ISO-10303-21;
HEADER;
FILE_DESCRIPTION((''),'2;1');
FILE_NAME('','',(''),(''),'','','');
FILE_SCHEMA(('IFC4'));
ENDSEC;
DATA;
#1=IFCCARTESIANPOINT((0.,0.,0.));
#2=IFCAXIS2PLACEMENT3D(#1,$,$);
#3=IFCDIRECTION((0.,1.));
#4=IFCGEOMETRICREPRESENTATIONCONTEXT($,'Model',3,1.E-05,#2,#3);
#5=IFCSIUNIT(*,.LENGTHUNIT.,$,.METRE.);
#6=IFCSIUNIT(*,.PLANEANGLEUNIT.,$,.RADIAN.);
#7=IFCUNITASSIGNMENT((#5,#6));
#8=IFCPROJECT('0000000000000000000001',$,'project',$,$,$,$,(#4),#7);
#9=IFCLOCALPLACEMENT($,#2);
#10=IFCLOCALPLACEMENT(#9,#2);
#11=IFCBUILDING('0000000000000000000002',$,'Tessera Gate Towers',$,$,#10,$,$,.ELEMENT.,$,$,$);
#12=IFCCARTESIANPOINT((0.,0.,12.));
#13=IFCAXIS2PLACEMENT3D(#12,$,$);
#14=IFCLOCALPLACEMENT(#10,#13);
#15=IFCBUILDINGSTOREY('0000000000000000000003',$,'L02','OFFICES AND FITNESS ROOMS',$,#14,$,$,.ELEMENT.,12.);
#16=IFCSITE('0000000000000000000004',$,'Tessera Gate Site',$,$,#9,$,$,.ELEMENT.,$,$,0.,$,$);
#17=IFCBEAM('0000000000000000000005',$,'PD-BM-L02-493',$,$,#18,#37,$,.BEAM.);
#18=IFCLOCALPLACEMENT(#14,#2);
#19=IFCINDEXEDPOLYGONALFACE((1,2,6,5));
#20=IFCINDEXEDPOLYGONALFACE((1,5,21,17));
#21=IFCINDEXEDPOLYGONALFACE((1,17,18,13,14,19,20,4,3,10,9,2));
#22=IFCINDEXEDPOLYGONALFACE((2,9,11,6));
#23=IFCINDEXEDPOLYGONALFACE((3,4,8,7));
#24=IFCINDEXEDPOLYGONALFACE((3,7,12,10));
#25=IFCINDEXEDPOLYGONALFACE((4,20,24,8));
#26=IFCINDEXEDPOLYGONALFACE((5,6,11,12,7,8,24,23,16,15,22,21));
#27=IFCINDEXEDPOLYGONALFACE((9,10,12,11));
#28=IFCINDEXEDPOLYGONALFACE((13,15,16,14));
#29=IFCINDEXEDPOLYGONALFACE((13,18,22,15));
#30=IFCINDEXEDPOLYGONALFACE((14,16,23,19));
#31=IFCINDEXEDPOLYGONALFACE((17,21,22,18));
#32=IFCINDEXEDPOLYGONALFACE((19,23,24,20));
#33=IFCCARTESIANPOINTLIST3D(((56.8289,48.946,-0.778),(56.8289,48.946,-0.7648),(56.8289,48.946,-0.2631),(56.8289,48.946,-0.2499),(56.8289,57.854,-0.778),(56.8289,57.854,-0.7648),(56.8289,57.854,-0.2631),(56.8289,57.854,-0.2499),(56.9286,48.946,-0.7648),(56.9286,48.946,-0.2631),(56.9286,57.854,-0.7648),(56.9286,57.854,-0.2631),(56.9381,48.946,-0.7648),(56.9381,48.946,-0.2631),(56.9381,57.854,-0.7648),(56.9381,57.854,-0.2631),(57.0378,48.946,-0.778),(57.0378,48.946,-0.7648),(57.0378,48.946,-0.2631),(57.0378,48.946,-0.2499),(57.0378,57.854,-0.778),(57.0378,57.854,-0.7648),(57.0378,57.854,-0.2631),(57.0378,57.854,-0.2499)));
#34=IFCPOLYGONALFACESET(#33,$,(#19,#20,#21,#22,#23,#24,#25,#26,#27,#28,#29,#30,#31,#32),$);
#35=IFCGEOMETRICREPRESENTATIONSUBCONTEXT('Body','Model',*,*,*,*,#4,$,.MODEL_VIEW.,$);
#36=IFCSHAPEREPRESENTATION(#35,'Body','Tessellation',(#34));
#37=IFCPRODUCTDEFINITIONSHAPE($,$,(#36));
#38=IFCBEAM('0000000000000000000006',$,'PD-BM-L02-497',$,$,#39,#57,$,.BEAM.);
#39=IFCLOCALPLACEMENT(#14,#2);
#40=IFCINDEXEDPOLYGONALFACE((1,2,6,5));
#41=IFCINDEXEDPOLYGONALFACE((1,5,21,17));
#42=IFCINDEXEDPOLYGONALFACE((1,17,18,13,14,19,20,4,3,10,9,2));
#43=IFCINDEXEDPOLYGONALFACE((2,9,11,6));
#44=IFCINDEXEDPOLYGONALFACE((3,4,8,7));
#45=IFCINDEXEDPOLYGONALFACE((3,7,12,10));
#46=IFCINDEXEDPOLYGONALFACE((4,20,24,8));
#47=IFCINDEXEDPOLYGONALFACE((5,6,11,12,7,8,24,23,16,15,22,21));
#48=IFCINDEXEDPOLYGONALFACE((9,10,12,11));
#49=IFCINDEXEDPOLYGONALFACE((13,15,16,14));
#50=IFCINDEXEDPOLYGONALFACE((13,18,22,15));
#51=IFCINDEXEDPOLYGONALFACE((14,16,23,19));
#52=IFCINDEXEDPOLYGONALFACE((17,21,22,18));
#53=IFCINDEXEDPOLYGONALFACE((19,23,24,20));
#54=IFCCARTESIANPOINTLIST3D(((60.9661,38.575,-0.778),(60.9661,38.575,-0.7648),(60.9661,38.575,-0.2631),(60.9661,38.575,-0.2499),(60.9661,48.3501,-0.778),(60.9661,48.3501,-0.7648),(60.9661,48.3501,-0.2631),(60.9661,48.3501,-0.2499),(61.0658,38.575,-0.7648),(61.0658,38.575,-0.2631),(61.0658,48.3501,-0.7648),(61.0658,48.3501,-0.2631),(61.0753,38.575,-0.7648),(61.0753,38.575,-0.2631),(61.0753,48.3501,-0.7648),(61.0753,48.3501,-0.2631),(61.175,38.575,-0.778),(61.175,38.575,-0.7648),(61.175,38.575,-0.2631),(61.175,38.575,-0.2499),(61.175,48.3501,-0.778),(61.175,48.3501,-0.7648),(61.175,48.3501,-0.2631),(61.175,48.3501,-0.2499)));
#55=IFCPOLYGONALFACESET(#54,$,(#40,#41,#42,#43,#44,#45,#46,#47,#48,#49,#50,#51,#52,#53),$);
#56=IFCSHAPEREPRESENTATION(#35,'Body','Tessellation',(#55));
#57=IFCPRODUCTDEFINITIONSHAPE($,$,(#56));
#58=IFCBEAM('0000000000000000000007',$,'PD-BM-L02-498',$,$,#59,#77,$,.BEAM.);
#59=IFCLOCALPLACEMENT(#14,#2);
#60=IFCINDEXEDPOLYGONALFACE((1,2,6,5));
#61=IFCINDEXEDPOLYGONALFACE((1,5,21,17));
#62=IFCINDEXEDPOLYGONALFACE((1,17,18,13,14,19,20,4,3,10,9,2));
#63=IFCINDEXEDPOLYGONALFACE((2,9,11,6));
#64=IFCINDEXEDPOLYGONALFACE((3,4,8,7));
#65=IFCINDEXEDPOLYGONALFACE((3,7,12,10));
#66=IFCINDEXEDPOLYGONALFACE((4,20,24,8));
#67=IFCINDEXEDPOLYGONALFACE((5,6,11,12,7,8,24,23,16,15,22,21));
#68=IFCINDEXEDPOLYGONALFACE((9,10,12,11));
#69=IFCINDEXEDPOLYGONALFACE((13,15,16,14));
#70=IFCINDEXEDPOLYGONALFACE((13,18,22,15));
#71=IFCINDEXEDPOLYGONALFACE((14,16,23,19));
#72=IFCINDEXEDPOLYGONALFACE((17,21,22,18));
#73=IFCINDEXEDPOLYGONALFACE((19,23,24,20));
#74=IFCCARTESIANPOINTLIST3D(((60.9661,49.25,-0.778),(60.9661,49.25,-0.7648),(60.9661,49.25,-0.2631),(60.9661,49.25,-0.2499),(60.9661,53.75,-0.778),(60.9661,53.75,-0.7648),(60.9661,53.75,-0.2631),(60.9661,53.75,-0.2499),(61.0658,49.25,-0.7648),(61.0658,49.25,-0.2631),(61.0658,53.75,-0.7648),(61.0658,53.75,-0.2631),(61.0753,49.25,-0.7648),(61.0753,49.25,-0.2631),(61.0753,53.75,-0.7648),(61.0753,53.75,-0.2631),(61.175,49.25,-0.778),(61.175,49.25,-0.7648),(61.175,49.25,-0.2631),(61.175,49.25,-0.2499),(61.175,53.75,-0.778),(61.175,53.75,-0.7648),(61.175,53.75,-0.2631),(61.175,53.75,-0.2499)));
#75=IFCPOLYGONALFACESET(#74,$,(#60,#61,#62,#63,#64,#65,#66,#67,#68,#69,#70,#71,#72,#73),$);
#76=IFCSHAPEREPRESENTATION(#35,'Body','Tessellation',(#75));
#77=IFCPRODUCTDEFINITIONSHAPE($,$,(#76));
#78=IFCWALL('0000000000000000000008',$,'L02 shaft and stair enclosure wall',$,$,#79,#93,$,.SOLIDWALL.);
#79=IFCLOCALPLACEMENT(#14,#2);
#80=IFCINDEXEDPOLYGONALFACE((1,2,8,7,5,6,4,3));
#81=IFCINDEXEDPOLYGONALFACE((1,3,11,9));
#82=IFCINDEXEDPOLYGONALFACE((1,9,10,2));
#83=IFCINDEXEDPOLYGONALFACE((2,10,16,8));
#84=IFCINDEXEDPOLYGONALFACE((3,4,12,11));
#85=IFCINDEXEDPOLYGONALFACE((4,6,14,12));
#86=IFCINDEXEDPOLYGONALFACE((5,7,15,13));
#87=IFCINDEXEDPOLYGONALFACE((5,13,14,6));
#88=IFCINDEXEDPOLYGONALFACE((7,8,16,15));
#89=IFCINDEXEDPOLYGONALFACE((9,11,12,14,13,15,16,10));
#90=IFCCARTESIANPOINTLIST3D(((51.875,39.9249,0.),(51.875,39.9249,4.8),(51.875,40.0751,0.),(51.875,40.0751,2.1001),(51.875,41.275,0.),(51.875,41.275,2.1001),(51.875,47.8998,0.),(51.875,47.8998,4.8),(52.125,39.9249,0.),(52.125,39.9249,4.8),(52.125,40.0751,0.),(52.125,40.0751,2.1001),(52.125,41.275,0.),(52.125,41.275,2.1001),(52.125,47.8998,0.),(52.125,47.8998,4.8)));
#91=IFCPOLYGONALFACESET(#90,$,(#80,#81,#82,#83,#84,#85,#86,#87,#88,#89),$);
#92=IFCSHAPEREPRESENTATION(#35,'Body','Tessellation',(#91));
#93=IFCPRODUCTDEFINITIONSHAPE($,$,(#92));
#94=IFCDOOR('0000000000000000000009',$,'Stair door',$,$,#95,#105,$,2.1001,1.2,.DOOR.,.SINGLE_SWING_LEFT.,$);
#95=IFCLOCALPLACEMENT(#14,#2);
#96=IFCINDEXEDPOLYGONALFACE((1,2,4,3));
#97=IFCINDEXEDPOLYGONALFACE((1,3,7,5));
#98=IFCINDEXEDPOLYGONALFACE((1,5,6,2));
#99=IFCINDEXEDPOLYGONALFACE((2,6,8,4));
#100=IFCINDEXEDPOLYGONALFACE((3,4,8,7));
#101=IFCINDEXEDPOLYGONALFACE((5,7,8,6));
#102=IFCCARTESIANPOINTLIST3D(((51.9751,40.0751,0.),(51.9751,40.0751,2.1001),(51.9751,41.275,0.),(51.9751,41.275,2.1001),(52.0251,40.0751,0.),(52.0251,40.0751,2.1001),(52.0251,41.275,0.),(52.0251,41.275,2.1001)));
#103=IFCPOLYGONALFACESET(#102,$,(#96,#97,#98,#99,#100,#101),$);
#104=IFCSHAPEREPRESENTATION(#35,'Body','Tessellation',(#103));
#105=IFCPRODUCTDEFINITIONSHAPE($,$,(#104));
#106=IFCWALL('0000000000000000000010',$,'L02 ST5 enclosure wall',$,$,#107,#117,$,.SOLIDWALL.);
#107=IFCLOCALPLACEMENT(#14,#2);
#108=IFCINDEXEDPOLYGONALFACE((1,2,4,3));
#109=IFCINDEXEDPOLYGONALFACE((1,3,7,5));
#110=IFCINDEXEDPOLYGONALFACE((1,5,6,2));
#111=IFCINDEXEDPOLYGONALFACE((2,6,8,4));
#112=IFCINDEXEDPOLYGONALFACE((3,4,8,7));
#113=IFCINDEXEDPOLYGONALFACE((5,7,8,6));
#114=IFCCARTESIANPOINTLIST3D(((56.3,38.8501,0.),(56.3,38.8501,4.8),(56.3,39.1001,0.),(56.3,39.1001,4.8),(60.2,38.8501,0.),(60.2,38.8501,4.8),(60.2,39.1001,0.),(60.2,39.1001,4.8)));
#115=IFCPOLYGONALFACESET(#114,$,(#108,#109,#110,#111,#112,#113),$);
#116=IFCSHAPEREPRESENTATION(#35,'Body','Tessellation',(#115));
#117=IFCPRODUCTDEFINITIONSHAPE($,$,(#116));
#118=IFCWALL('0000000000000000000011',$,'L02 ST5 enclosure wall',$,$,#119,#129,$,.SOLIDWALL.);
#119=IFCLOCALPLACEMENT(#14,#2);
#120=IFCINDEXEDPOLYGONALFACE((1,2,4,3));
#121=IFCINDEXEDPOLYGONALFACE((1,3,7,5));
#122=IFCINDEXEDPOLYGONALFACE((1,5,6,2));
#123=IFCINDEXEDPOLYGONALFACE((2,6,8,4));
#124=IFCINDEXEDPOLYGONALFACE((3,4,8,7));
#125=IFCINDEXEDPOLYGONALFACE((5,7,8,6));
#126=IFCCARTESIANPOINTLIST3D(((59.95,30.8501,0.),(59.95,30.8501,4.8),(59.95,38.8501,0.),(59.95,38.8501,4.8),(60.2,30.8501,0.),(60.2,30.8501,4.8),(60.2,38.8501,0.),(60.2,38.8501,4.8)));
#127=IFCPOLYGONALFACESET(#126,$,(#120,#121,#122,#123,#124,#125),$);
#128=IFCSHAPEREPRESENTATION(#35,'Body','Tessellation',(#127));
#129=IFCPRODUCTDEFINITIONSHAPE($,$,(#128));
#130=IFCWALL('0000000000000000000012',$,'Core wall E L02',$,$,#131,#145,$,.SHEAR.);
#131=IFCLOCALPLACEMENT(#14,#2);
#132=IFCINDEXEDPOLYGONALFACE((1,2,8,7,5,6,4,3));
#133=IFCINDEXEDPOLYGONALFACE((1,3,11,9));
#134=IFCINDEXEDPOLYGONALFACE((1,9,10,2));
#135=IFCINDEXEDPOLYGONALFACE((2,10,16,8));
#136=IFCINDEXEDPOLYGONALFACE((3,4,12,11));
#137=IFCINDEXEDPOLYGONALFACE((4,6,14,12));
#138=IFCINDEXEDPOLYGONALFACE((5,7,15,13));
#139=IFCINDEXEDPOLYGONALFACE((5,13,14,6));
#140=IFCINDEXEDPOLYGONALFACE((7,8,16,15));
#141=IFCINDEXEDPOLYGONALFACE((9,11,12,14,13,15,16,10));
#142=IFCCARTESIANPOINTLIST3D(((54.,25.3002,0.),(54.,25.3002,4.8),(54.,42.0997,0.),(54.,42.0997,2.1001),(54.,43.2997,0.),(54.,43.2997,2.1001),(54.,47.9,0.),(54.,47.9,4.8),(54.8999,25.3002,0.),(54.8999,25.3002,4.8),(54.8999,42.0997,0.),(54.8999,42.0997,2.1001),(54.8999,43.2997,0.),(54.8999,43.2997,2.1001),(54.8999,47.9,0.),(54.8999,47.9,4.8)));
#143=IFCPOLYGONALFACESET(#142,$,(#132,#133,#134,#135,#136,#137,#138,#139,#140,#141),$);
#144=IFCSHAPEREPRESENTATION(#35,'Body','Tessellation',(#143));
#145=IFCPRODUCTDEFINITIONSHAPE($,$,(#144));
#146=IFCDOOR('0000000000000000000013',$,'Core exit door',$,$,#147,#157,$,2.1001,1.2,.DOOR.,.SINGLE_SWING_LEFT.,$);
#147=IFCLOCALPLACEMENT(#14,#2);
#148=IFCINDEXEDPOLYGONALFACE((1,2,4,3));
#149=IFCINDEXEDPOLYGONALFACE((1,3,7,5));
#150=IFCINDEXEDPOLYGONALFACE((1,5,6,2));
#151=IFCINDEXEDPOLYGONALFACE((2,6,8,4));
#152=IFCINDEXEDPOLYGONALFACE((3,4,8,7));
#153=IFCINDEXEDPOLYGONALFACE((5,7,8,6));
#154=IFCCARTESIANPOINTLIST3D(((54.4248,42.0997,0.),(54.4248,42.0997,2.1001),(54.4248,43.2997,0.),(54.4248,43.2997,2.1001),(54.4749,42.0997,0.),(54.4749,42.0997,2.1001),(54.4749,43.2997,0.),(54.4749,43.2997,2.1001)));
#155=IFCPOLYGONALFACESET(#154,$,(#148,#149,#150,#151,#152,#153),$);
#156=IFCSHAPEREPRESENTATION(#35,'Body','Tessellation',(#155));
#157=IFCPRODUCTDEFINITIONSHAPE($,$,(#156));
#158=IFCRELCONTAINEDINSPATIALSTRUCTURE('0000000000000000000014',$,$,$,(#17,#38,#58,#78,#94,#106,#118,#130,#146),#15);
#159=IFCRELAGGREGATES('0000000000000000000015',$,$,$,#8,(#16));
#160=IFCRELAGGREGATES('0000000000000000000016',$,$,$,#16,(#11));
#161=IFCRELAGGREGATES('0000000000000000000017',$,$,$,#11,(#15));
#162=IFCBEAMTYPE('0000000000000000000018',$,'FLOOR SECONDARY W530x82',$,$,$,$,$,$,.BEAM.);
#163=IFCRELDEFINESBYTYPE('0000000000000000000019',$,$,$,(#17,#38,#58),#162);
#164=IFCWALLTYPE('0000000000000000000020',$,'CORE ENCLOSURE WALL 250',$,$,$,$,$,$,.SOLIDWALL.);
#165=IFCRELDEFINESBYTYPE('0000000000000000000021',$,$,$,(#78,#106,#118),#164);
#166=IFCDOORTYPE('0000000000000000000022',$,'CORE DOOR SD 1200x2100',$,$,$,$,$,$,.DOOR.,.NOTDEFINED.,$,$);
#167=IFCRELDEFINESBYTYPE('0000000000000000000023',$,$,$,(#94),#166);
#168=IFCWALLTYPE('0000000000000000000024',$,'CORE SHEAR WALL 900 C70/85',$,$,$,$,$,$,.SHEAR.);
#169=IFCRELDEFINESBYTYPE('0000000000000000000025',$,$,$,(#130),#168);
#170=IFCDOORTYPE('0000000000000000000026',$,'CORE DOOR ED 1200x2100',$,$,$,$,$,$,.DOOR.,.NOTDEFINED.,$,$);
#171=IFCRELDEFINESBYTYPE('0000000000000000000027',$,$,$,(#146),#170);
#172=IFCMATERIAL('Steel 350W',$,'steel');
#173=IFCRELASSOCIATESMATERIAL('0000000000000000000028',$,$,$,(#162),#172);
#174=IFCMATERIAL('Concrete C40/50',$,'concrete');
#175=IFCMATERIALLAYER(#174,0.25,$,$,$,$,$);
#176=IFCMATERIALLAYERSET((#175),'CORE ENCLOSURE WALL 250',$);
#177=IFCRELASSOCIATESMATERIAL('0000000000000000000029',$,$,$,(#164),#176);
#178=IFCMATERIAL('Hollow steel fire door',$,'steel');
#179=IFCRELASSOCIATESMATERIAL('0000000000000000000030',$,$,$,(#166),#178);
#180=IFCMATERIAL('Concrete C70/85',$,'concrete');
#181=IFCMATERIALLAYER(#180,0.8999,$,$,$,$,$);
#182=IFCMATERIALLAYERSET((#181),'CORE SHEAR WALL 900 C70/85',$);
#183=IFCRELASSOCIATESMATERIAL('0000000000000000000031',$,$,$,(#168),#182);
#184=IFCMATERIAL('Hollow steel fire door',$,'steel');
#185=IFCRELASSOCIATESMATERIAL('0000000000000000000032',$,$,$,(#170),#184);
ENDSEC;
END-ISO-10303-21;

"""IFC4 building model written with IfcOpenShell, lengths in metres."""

from ifc_helpers import new_model, si_unit, direction, frame, frame_2d, origin, origin_2d, place, context, subcontext, project, spatial, rectangle, i_section, extrude, source, transform, mapped, material, layer, layer_set, material_profile, profile_set, type_object, element, fill, save


model = new_model("IFC4")

# Units and contexts
model_context = context("Model", 3, precision=1e-05, world=origin(), true_north=direction((0.0, 1.0)))
body_context = subcontext(model_context, "Body", "Model", "MODEL_VIEW")
ifc_project = project(units=[si_unit("LENGTHUNIT", "METRE"), si_unit("PLANEANGLEUNIT", "RADIAN")], contexts=[model_context])

# Site, building, storey
site_placement = place(None, origin())
site = spatial("IfcSite", under=ifc_project, at=site_placement, Name="Tessera Gate Site", CompositionType="ELEMENT", RefElevation=0.0)
building_placement = place(site_placement, origin())
building = spatial("IfcBuilding", under=site, at=building_placement, Name="Tessera Gate Towers", CompositionType="ELEMENT")
storey_placement = place(building_placement, frame((0.0, 0.0, 12.0)))
storey = spatial("IfcBuildingStorey", under=building, at=storey_placement, Name="L02", Description="OFFICES AND FITNESS ROOMS", CompositionType="ELEMENT", Elevation=12.0)

# Beams
ifc_material_1 = material(Name="Steel 350W", Category="steel")
ifc_material_profile_1 = material_profile(ifc_material_1, i_section(OverallWidth=0.209, OverallDepth=0.5281, WebThickness=0.0095, FlangeThickness=0.0132, at=origin_2d()), Name="W530x82")
ifc_profile_set_1 = profile_set([ifc_material_profile_1], Name="Steel 350W")
beam_type_1 = type_object("IfcBeamType", Name="FLOOR SECONDARY W530x82", PredefinedType="BEAM", material=ifc_profile_set_1)
beam_1_placement = place(storey_placement, frame((56.9333, 48.946, -0.5139), z_axis=(0.0, 1.0, 0.0), x_axis=(-1.0, 0.0, 0.0)))
element("IfcBeam", 1, at=beam_1_placement, inside=storey, type_object=beam_type_1, Name="PD-BM-L02-493", PredefinedType="BEAM", context=body_context, shape_type="SweptSolid", body=[
    extrude(i_section(OverallWidth=0.209, OverallDepth=0.5281, WebThickness=0.0095, FlangeThickness=0.0132, at=origin_2d()), origin(), (0.0, 0.0, 1.0), 8.908),
])
beam_2_placement = place(storey_placement, frame((61.0706, 38.575, -0.5139), z_axis=(0.0, 1.0, 0.0), x_axis=(-1.0, 0.0, 0.0)))
element("IfcBeam", 2, at=beam_2_placement, inside=storey, type_object=beam_type_1, Name="PD-BM-L02-497", PredefinedType="BEAM", context=body_context, shape_type="SweptSolid", body=[
    extrude(i_section(OverallWidth=0.209, OverallDepth=0.5281, WebThickness=0.0095, FlangeThickness=0.0132, at=origin_2d()), origin(), (0.0, 0.0, 1.0), 9.7751),
])
beam_3_placement = place(storey_placement, frame((61.0706, 49.25, -0.5139), z_axis=(0.0, 1.0, 0.0), x_axis=(-1.0, 0.0, 0.0)))
element("IfcBeam", 3, at=beam_3_placement, inside=storey, type_object=beam_type_1, Name="PD-BM-L02-498", PredefinedType="BEAM", context=body_context, shape_type="SweptSolid", body=[
    extrude(i_section(OverallWidth=0.209, OverallDepth=0.5281, WebThickness=0.0095, FlangeThickness=0.0132, at=origin_2d()), origin(), (0.0, 0.0, 1.0), 4.5),
])

# Wall, opening, door
ifc_material_2 = material(Name="Concrete C40/50", Category="concrete")
ifc_layer_1 = layer(ifc_material_2, 0.25)
ifc_layer_set_1 = layer_set([ifc_layer_1], Name="CORE ENCLOSURE WALL 250")
wall_type_1 = type_object("IfcWallType", Name="CORE ENCLOSURE WALL 250", PredefinedType="SOLIDWALL", material=ifc_layer_set_1)
wall_1_placement = place(storey_placement, frame((52.0, 39.925, 0.0), z_axis=(0.0, 0.0, 1.0), x_axis=(0.0, 1.0, 0.0)))
wall_1 = element("IfcWall", 4, at=wall_1_placement, inside=storey, type_object=wall_type_1, Name="L02 shaft and stair enclosure wall", PredefinedType="SOLIDWALL", context=body_context, shape_type="SweptSolid", body=[
    extrude(rectangle(XDim=7.9749, YDim=0.25, at=frame_2d((3.9873, 0.0))), origin(), (0.0, 0.0, 1.0), 4.8),
])
shared_shape_1 = source(origin(), body_context, "Body", "SweptSolid", [
    extrude(rectangle(XDim=1.2, YDim=2.1001, at=frame_2d((0.6001, 1.05))), frame((0.0, 0.135, 0.0), z_axis=(0.0, -1.0, 0.0), x_axis=(1.0, 0.0, 0.0)), (0.0, 0.0, 1.0), 0.27),
])
opening_1_placement = place(wall_1_placement, frame((0.1499, 0.0, 0.0)))
opening_1 = element("IfcOpeningElement", 5, at=opening_1_placement, cuts=wall_1, PredefinedType="OPENING", context=body_context, shape_type="MappedRepresentation", body=[
    mapped(shared_shape_1, transform((0.0, 0.0, 0.0), scale=1.0)),
])
ifc_material_3 = material(Name="Hollow steel fire door", Category="steel")
door_type_1 = type_object("IfcDoorType", Name="CORE DOOR SD 1200x2100", OperationType="NOTDEFINED", PredefinedType="DOOR", material=ifc_material_3)
shared_shape_2 = source(origin(), body_context, "Body", "SweptSolid", [
    extrude(rectangle(XDim=1.2, YDim=2.1001, at=frame_2d((0.6001, 1.05))), frame((0.0, 0.0249, 0.0), z_axis=(0.0, -1.0, 0.0), x_axis=(1.0, 0.0, 0.0)), (0.0, 0.0, 1.0), 0.05),
])
door_1_placement = place(opening_1_placement, origin())
door_1 = element("IfcDoor", 6, at=door_1_placement, inside=storey, type_object=door_type_1, Name="Stair door", OperationType="SINGLE_SWING_LEFT", OverallHeight=2.1001, OverallWidth=1.2, PredefinedType="DOOR", context=body_context, shape_type="MappedRepresentation", body=[
    mapped(shared_shape_2, transform((0.0, 0.0, 0.0), scale=1.0)),
])
fill(opening_1, door_1)

# Walls
wall_2_placement = place(storey_placement, frame((56.3, 38.9751, 0.0), z_axis=(0.0, 0.0, 1.0), x_axis=(1.0, 0.0, 0.0)))
element("IfcWall", 7, at=wall_2_placement, inside=storey, type_object=wall_type_1, Name="L02 ST5 enclosure wall", PredefinedType="SOLIDWALL", context=body_context, shape_type="SweptSolid", body=[
    extrude(rectangle(XDim=3.8999, YDim=0.25, at=frame_2d((1.95, 0.0))), origin(), (0.0, 0.0, 1.0), 4.8),
])
wall_3_placement = place(storey_placement, frame((60.075, 38.8501, 0.0), z_axis=(0.0, 0.0, 1.0), x_axis=(0.0, -1.0, 0.0)))
element("IfcWall", 8, at=wall_3_placement, inside=storey, type_object=wall_type_1, Name="L02 ST5 enclosure wall", PredefinedType="SOLIDWALL", context=body_context, shape_type="SweptSolid", body=[
    extrude(rectangle(XDim=8.0, YDim=0.25, at=frame_2d((4.0, 0.0))), origin(), (0.0, 0.0, 1.0), 4.8),
])

# Wall, opening, door
ifc_material_4 = material(Name="Concrete C70/85", Category="concrete")
ifc_layer_2 = layer(ifc_material_4, 0.8999)
ifc_layer_set_2 = layer_set([ifc_layer_2], Name="CORE SHEAR WALL 900 C70/85")
wall_type_2 = type_object("IfcWallType", Name="CORE SHEAR WALL 900 C70/85", PredefinedType="SHEAR", material=ifc_layer_set_2)
wall_4_placement = place(storey_placement, frame((54.45, 47.8999, 0.0), z_axis=(0.0, 0.0, 1.0), x_axis=(0.0, -1.0, 0.0)))
wall_4 = element("IfcWall", 9, at=wall_4_placement, inside=storey, type_object=wall_type_2, Name="Core wall E L02", PredefinedType="SHEAR", context=body_context, shape_type="SweptSolid", body=[
    extrude(rectangle(XDim=22.5999, YDim=0.8999, at=frame_2d((11.2998, 0.0))), origin(), (0.0, 0.0, 1.0), 4.8),
])
shared_shape_3 = source(origin(), body_context, "Body", "SweptSolid", [
    extrude(rectangle(XDim=1.2, YDim=2.1001, at=frame_2d((0.6001, 1.05))), frame((0.0, 0.46, 0.0), z_axis=(0.0, -1.0, 0.0), x_axis=(1.0, 0.0, 0.0)), (0.0, 0.0, 1.0), 0.9199),
])
opening_2_placement = place(wall_4_placement, frame((4.6001, 0.0, 0.0)))
opening_2 = element("IfcOpeningElement", 10, at=opening_2_placement, cuts=wall_4, PredefinedType="OPENING", context=body_context, shape_type="MappedRepresentation", body=[
    mapped(shared_shape_3, transform((0.0, 0.0, 0.0), scale=1.0)),
])
ifc_material_5 = material(Name="Hollow steel fire door", Category="steel")
door_type_2 = type_object("IfcDoorType", Name="CORE DOOR ED 1200x2100", OperationType="NOTDEFINED", PredefinedType="DOOR", material=ifc_material_5)
door_2_placement = place(opening_2_placement, origin())
door_2 = element("IfcDoor", 11, at=door_2_placement, inside=storey, type_object=door_type_2, Name="Core exit door", OperationType="SINGLE_SWING_LEFT", OverallHeight=2.1001, OverallWidth=1.2, PredefinedType="DOOR", context=body_context, shape_type="MappedRepresentation", body=[
    mapped(shared_shape_2, transform((0.0, 0.0, 0.0), scale=1.0)),
])
fill(opening_2, door_2)

save(model, "model.ifc")
